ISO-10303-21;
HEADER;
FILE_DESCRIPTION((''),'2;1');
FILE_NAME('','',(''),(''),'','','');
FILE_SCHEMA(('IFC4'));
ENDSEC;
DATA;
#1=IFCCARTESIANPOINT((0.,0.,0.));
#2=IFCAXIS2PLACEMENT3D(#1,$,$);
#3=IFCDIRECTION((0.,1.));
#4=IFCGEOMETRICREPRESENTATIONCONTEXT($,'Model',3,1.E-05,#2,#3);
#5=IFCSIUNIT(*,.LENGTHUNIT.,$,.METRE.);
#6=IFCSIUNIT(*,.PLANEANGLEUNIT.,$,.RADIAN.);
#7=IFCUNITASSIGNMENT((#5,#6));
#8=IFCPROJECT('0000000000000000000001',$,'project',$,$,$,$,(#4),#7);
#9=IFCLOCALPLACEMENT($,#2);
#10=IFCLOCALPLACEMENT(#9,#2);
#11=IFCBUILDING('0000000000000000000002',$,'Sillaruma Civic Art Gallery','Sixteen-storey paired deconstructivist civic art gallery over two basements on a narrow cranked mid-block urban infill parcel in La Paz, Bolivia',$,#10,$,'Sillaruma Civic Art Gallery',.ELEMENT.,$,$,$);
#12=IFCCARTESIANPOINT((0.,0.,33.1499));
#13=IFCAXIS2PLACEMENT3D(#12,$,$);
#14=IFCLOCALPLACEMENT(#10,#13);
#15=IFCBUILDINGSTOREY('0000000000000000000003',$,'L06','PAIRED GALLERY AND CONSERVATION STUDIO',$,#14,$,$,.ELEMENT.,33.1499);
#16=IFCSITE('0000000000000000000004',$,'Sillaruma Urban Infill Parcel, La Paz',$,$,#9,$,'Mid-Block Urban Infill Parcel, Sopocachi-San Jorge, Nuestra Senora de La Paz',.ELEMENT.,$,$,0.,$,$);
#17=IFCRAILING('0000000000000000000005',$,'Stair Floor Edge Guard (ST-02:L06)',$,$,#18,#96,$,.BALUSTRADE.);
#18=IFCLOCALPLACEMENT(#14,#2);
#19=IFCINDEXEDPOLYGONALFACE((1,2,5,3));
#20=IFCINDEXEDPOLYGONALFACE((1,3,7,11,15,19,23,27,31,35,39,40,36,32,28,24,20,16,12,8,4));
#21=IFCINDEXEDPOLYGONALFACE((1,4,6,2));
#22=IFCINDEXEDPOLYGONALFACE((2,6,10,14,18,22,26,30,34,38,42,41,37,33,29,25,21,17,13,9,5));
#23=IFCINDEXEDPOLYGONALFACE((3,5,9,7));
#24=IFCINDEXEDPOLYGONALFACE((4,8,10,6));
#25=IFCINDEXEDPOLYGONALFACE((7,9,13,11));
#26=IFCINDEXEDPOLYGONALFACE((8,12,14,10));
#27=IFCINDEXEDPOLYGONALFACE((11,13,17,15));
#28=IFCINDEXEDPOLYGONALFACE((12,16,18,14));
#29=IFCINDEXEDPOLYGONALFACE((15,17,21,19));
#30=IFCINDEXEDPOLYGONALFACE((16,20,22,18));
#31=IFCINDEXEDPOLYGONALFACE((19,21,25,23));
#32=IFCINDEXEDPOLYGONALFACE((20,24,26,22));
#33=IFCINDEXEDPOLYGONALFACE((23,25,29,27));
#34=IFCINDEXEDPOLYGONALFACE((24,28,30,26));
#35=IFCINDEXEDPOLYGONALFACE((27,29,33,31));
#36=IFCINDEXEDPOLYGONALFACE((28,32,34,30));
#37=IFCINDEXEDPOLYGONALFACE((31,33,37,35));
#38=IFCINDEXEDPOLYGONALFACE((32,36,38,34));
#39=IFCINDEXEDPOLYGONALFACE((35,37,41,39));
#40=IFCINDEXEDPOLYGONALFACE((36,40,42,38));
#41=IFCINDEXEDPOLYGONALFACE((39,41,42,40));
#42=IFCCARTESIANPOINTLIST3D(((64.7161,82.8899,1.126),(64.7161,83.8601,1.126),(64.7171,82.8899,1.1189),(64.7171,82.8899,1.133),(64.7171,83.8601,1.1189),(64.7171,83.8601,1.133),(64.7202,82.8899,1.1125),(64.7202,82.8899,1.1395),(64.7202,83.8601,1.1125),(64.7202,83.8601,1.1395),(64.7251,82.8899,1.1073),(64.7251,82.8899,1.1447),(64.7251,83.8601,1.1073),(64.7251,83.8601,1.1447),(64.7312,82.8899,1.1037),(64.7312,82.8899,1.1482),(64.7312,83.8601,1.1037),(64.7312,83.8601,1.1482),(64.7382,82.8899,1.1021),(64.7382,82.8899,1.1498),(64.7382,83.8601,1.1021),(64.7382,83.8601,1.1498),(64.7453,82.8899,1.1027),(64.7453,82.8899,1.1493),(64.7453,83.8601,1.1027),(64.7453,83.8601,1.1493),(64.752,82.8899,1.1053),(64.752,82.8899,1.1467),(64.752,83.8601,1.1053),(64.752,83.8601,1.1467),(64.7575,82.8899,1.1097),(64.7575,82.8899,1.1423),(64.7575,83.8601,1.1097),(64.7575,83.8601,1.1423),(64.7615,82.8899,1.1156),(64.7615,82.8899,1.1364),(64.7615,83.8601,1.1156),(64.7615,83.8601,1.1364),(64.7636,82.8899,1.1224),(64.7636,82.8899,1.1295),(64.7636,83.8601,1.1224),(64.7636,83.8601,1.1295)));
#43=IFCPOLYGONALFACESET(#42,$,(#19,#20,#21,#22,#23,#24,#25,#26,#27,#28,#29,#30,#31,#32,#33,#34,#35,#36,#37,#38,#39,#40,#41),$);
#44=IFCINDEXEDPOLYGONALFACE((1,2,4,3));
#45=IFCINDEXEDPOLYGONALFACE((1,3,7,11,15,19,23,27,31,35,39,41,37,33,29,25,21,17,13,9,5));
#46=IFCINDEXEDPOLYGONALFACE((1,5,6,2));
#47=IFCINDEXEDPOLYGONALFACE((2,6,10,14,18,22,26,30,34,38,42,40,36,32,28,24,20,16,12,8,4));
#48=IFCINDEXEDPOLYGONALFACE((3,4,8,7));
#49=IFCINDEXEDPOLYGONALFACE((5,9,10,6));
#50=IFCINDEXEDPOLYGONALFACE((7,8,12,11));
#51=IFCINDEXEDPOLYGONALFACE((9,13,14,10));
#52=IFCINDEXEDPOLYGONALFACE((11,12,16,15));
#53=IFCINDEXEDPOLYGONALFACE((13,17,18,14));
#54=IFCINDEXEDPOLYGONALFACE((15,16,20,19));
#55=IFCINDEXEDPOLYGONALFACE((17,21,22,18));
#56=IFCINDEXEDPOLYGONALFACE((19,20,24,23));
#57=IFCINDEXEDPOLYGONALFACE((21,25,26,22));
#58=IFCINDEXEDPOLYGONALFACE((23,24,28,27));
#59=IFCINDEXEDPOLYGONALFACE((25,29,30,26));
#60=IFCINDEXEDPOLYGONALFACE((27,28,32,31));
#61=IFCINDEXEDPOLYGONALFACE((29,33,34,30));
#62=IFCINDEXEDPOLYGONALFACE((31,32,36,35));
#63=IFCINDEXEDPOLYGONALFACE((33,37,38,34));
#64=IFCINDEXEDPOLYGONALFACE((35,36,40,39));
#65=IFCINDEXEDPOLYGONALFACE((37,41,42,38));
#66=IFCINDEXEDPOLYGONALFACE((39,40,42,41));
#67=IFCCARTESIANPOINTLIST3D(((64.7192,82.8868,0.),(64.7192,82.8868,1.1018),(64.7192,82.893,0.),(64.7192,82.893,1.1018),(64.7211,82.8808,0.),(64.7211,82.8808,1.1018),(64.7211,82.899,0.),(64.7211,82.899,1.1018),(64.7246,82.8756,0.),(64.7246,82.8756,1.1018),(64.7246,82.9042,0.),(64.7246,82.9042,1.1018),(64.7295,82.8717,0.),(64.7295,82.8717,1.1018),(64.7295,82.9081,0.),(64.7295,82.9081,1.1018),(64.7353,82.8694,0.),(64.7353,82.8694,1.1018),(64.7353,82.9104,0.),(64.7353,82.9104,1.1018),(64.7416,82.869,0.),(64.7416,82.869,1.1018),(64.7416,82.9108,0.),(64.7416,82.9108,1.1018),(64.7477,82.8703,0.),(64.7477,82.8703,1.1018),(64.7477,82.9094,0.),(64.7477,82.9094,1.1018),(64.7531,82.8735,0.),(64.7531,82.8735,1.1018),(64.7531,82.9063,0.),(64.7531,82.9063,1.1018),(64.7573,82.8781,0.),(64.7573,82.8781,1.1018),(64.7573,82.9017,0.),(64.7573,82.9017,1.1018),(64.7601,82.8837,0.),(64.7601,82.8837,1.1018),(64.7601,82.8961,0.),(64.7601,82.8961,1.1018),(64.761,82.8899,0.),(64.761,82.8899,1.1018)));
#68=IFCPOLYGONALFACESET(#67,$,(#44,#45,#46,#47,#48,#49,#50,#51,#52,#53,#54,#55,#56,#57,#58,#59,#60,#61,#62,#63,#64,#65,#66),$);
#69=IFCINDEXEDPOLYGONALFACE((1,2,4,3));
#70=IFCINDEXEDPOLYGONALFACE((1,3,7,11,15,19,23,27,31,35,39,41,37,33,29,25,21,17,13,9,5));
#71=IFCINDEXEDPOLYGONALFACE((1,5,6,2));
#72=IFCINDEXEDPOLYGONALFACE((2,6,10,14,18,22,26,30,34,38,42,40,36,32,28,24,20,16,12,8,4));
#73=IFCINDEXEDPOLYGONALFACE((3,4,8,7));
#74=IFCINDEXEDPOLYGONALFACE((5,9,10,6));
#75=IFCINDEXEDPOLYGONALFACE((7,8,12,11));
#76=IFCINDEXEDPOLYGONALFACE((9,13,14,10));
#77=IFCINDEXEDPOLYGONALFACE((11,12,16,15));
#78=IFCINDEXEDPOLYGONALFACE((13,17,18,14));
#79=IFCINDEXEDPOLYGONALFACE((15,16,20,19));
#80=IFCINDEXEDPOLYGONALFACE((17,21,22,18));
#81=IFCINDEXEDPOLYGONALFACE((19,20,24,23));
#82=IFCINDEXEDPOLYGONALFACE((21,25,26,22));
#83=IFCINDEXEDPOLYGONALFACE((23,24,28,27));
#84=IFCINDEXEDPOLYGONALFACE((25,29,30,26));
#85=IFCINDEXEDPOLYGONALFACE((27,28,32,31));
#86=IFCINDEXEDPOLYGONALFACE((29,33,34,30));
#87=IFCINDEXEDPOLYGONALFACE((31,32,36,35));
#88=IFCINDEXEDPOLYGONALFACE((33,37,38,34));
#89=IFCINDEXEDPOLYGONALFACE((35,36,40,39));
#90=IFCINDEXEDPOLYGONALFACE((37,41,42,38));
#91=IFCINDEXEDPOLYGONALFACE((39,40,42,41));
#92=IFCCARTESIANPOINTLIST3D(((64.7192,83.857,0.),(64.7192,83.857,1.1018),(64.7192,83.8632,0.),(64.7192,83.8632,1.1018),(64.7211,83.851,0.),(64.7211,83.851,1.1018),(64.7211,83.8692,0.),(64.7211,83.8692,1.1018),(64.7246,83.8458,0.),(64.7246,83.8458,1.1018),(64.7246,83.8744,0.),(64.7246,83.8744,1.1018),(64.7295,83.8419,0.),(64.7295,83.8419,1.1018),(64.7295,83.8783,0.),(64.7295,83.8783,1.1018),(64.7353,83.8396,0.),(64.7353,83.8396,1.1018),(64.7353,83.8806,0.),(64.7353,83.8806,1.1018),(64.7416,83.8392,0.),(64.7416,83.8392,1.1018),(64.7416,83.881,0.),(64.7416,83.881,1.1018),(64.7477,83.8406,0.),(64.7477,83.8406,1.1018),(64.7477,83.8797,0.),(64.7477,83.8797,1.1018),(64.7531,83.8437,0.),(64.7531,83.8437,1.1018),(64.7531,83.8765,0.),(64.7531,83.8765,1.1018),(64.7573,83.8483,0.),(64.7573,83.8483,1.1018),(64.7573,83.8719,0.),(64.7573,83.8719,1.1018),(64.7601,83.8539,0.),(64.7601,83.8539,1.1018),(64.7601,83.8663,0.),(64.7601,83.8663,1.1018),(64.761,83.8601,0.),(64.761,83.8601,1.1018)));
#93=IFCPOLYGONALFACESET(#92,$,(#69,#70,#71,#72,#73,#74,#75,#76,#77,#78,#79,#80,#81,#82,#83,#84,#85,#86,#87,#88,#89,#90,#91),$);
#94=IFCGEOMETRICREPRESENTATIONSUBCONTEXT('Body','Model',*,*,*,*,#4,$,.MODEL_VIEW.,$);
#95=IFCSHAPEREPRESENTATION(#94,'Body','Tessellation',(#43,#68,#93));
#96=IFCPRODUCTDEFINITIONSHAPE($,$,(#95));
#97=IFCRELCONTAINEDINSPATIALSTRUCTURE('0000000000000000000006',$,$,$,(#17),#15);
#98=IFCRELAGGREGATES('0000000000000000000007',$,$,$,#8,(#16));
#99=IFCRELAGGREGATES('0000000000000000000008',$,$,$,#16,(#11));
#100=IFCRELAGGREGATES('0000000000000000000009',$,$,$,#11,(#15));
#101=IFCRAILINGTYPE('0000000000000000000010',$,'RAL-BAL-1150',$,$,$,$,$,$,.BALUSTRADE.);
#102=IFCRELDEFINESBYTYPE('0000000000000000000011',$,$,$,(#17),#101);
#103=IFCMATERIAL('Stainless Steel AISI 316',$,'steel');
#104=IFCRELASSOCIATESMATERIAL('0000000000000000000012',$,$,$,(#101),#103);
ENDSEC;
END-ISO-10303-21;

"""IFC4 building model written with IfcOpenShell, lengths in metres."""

from ifc_helpers import new_model, si_unit, direction, frame, origin, origin_2d, place, context, subcontext, project, spatial, circle, extrude, material, type_object, element, save


model = new_model("IFC4")

# Units and contexts
model_context = context("Model", 3, precision=1e-05, world=origin(), true_north=direction((0.0, 1.0)))
body_context = subcontext(model_context, "Body", "Model", "MODEL_VIEW")
ifc_project = project(units=[si_unit("LENGTHUNIT", "METRE"), si_unit("PLANEANGLEUNIT", "RADIAN")], contexts=[model_context])

# Site, building, storey
site_placement = place(None, origin())
site = spatial("IfcSite", under=ifc_project, at=site_placement, Name="Sillaruma Urban Infill Parcel, La Paz", LongName="Mid-Block Urban Infill Parcel, Sopocachi-San Jorge, Nuestra Senora de La Paz", CompositionType="ELEMENT", RefElevation=0.0)
building_placement = place(site_placement, origin())
building = spatial("IfcBuilding", under=site, at=building_placement, Name="Sillaruma Civic Art Gallery", Description="Sixteen-storey paired deconstructivist civic art gallery over two basements on a narrow cranked mid-block urban infill parcel in La Paz, Bolivia", LongName="Sillaruma Civic Art Gallery", CompositionType="ELEMENT")
storey_placement = place(building_placement, frame((0.0, 0.0, 33.1499)))
storey = spatial("IfcBuildingStorey", under=building, at=storey_placement, Name="L06", Description="PAIRED GALLERY AND CONSERVATION STUDIO", CompositionType="ELEMENT", Elevation=33.1499)

# Railing
ifc_material_1 = material(Name="Stainless Steel AISI 316", Category="steel")
railing_type_1 = type_object("IfcRailingType", Name="RAL-BAL-1150", PredefinedType="BALUSTRADE", material=ifc_material_1)
railing_1_placement = place(storey_placement, frame((64.74, 82.8899, 0.0)))
element("IfcRailing", 1, at=railing_1_placement, inside=storey, type_object=railing_type_1, Name="Stair Floor Edge Guard (ST-02:L06)", PredefinedType="BALUSTRADE", context=body_context, shape_type="SweptSolid", body=[
    extrude(circle(Radius=0.0239, at=origin_2d()), frame((0.0, 0.0, 1.126), z_axis=(0.0, 1.0, 0.0), x_axis=(-1.0, 0.0, 0.0)), (0.0, 0.0, 1.0), 0.9702),
    extrude(circle(Radius=0.021, at=origin_2d()), origin(), (0.0, 0.0, 1.0), 1.1018),
    extrude(circle(Radius=0.021, at=origin_2d()), frame((0.0, 0.9702, 0.0)), (0.0, 0.0, 1.0), 1.1018),
])

save(model, "model.ifc")
